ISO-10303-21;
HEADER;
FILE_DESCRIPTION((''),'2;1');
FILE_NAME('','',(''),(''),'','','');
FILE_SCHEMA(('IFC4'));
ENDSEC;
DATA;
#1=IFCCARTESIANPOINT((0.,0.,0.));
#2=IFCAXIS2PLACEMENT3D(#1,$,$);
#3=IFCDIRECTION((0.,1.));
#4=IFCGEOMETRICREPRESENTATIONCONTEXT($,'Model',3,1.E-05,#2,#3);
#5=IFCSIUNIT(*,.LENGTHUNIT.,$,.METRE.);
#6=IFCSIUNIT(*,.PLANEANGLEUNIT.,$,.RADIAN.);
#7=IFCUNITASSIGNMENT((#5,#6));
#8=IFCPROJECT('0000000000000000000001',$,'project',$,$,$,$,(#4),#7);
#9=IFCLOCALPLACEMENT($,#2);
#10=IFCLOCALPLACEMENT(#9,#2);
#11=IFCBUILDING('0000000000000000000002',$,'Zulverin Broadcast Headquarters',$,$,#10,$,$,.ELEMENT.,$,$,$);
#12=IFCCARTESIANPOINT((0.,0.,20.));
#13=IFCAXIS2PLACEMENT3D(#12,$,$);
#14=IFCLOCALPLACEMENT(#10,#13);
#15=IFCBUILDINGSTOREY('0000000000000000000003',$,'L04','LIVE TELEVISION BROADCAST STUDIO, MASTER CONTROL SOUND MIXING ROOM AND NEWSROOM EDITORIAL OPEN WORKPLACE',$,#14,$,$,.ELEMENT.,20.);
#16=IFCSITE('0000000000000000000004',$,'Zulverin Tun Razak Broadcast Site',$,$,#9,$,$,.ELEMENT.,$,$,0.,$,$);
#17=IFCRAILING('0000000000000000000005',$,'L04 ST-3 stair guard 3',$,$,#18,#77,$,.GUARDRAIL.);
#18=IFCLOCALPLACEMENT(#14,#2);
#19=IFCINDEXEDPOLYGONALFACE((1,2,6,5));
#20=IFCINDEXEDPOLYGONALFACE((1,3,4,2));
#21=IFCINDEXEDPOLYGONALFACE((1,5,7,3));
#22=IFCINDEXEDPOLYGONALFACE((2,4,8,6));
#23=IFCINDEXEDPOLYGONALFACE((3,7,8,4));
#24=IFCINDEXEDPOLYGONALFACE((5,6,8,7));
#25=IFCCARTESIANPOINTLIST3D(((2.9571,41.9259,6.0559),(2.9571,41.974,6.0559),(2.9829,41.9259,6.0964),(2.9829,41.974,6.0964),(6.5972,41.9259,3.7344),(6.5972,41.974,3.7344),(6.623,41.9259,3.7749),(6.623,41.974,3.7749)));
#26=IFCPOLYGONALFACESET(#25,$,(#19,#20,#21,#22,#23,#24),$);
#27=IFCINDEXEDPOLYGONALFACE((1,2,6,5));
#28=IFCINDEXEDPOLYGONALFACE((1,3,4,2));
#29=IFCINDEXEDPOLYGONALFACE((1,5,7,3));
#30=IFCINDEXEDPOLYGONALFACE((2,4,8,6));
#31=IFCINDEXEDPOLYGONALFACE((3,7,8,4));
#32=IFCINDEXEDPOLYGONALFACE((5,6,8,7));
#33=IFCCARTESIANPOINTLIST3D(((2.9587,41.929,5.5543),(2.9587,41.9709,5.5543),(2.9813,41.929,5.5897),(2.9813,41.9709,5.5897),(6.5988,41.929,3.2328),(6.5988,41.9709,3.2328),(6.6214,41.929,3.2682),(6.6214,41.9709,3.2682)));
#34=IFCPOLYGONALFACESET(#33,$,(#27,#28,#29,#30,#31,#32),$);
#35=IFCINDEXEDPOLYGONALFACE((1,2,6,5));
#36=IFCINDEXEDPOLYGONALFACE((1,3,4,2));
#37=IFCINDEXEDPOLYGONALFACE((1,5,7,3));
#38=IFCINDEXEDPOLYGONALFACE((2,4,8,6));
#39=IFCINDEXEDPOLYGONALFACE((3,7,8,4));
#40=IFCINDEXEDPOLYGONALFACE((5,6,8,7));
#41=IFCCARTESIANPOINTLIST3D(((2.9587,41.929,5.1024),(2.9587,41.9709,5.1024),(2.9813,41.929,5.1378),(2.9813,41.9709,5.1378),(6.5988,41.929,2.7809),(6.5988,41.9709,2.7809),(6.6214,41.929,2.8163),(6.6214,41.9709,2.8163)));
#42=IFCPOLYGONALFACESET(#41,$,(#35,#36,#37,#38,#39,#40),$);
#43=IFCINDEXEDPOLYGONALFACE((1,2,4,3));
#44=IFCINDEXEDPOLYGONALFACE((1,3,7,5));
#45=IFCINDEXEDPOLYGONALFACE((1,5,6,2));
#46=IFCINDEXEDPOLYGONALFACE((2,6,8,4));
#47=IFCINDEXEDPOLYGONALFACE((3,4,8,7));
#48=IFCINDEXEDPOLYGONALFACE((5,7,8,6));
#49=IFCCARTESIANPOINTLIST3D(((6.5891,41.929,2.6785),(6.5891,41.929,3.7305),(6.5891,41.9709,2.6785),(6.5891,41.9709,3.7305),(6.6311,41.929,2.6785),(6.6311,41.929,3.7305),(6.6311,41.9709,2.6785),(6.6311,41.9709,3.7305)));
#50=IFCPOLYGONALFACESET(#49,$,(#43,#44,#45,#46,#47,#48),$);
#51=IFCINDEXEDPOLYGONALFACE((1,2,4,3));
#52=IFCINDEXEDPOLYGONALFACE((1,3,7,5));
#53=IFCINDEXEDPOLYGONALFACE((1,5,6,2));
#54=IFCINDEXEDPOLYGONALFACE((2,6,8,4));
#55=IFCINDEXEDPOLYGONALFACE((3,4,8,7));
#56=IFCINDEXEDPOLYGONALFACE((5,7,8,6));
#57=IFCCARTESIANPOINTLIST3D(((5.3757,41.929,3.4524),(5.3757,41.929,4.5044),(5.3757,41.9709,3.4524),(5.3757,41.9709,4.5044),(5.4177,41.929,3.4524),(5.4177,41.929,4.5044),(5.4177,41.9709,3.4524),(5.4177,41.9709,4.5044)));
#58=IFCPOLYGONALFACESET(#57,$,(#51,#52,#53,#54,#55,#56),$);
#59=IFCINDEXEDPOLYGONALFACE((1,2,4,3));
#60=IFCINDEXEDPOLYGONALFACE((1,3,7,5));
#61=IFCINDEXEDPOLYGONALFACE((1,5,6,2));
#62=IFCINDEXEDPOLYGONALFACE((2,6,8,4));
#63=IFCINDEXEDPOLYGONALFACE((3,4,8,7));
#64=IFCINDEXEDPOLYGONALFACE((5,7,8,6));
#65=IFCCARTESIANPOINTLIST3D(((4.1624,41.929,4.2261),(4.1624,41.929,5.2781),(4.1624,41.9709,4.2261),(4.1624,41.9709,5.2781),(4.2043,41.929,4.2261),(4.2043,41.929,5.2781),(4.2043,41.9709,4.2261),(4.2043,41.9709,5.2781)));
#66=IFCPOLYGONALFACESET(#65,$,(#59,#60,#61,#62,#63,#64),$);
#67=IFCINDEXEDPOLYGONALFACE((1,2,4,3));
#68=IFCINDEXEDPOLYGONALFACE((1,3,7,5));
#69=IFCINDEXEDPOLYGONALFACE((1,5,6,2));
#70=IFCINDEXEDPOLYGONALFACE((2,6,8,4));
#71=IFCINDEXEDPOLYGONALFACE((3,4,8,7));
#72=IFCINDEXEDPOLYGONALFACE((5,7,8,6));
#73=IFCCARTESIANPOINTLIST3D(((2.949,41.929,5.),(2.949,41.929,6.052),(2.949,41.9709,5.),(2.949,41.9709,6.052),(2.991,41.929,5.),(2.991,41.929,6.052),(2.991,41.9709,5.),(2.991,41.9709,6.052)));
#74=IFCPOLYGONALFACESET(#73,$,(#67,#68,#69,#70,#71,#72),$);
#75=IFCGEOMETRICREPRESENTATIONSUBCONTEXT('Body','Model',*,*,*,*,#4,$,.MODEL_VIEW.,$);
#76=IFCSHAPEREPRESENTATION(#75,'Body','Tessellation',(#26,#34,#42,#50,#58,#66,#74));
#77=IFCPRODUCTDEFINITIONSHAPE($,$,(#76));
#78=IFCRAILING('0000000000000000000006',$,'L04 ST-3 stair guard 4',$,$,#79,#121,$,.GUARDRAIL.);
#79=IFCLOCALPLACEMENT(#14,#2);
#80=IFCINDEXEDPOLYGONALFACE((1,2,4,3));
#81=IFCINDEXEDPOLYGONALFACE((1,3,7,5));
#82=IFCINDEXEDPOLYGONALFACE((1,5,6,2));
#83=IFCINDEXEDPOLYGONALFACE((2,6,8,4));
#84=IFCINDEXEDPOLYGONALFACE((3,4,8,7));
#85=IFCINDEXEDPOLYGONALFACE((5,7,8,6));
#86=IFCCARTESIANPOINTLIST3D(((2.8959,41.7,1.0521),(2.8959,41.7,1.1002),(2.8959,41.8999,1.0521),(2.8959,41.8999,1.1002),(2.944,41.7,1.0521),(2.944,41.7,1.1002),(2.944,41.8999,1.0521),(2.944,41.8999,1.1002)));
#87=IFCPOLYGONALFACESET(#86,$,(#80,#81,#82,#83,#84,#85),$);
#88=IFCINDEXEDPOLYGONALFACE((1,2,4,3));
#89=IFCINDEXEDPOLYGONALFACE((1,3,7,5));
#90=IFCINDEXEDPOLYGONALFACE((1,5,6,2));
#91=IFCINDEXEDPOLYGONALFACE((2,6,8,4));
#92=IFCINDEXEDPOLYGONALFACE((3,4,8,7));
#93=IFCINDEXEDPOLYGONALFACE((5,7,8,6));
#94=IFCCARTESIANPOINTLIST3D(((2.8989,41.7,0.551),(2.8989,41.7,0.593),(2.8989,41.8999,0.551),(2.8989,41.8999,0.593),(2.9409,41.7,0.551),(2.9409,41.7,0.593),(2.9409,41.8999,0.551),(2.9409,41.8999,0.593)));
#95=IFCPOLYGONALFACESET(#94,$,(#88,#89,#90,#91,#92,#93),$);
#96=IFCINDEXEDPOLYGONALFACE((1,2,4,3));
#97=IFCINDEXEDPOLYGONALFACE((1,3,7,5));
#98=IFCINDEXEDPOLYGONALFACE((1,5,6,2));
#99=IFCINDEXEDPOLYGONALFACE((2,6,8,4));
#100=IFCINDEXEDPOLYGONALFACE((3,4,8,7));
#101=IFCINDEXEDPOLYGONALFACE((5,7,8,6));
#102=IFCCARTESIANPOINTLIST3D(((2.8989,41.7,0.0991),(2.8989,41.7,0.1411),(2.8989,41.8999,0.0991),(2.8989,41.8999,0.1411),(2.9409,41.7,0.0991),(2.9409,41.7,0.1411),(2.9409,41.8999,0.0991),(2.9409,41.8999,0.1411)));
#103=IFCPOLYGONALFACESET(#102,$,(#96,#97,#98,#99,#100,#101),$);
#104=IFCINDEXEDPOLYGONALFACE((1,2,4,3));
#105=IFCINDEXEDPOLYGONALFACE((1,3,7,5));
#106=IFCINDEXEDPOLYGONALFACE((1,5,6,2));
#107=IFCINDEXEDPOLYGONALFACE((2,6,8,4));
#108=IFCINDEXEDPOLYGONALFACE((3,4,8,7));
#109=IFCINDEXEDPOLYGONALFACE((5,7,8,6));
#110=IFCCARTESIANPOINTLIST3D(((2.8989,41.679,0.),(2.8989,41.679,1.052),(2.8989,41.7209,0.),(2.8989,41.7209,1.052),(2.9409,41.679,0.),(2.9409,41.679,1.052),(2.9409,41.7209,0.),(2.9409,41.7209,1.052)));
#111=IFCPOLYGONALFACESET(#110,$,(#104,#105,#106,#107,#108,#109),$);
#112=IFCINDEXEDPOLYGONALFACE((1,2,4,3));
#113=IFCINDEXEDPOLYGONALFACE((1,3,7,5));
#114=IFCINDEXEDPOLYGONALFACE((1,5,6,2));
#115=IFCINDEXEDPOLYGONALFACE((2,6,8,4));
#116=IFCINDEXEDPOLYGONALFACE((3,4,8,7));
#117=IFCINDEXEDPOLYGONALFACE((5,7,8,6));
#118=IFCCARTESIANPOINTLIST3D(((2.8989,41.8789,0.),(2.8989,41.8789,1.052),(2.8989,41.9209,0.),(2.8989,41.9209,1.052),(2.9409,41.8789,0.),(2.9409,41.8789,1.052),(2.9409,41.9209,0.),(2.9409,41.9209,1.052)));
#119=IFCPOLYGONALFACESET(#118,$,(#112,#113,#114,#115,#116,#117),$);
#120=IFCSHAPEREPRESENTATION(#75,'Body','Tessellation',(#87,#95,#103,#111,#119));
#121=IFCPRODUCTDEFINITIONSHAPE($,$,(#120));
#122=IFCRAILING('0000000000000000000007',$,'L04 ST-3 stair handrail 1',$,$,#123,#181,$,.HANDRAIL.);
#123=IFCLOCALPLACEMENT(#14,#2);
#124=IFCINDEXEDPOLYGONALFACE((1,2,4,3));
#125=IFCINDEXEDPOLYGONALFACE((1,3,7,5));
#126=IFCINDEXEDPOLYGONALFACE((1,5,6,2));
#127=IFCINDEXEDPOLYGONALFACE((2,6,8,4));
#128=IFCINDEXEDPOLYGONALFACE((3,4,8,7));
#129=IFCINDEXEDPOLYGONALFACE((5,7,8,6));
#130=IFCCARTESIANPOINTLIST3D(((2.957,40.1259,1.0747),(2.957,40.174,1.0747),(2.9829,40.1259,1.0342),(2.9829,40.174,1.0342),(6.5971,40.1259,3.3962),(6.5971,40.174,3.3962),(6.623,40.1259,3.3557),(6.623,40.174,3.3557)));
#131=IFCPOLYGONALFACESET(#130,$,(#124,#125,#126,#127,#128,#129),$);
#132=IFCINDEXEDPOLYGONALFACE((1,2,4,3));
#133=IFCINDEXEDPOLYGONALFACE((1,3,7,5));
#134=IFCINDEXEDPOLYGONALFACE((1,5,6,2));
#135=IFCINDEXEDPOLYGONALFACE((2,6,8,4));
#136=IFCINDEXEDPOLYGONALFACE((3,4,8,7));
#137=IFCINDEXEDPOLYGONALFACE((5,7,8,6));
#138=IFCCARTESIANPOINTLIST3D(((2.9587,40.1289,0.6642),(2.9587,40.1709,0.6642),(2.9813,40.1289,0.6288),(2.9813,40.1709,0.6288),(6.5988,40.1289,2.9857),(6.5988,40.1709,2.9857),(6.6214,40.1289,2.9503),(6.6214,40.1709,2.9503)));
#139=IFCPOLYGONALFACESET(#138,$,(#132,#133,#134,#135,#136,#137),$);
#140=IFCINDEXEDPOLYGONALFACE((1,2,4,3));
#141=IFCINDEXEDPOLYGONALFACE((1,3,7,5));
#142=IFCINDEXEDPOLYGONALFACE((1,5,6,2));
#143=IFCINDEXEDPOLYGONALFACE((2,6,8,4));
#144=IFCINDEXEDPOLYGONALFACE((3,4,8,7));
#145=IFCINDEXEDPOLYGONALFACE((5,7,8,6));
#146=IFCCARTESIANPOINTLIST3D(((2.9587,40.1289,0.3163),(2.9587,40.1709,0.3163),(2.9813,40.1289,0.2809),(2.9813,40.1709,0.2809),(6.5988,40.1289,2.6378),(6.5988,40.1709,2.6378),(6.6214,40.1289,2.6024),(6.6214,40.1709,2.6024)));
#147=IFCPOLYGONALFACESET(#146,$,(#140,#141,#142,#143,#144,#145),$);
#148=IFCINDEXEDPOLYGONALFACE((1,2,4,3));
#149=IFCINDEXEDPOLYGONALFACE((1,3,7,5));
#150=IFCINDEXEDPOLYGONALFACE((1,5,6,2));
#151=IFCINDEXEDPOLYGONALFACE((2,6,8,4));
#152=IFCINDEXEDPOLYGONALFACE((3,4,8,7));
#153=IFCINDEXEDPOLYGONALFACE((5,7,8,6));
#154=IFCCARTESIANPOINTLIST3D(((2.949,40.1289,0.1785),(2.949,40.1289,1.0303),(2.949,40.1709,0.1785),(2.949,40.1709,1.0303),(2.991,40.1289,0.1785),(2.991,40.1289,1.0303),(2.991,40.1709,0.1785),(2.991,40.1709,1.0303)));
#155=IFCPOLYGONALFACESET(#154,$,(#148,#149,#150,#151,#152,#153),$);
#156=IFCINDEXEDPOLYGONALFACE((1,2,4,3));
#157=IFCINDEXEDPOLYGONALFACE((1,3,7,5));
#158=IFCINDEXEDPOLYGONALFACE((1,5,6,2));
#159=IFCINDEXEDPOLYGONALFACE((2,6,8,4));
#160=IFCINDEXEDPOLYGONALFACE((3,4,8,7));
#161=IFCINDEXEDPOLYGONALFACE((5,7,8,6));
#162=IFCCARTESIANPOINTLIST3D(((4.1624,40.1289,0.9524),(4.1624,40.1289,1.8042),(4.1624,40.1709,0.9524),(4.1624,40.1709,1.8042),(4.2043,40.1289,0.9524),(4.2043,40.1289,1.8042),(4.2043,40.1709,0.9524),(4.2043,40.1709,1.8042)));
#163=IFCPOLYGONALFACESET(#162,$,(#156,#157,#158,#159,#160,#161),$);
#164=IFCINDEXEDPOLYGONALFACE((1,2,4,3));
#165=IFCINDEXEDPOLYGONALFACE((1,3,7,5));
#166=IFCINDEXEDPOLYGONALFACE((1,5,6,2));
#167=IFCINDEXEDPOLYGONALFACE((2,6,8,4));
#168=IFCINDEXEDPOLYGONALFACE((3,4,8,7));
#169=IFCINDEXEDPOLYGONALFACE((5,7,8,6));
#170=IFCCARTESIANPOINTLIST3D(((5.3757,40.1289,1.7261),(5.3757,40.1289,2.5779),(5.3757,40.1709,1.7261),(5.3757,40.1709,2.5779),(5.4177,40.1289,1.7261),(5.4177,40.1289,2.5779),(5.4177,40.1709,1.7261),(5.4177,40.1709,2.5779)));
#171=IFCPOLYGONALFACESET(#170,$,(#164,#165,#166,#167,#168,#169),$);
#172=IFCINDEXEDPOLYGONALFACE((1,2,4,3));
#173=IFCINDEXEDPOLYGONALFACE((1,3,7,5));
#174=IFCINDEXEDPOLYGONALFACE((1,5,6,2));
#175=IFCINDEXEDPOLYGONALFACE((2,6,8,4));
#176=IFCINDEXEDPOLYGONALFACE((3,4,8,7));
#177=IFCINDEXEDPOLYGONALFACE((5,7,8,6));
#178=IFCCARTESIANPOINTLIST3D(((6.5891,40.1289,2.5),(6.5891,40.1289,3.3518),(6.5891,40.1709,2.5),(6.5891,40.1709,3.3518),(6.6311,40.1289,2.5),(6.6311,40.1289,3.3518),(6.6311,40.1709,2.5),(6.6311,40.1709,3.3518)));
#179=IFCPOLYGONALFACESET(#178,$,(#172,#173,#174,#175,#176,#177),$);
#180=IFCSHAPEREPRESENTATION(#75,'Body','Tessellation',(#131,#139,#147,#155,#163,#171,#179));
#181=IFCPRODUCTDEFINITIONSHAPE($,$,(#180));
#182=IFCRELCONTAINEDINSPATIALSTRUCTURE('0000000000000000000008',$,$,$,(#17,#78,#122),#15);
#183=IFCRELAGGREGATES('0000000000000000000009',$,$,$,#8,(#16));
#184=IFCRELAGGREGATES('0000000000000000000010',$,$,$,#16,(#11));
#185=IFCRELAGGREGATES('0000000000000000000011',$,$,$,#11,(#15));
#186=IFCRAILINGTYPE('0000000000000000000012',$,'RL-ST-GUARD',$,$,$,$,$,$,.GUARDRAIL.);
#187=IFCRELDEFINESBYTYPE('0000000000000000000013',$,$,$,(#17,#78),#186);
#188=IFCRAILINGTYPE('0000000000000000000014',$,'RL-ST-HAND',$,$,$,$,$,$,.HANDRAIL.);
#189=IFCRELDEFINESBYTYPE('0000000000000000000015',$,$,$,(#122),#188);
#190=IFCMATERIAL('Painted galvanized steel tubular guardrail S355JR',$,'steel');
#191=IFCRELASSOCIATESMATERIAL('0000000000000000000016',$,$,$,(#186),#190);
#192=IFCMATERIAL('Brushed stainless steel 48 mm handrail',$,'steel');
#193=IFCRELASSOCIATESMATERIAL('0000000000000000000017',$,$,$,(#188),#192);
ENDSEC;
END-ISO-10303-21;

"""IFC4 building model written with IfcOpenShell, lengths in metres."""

from ifc_helpers import new_model, si_unit, direction, frame, origin, origin_2d, place, context, subcontext, project, spatial, rectangle, extrude, material, type_object, element, save


model = new_model("IFC4")

# Units and contexts
model_context = context("Model", 3, precision=1e-05, world=origin(), true_north=direction((0.0, 1.0)))
body_context = subcontext(model_context, "Body", "Model", "MODEL_VIEW")
ifc_project = project(units=[si_unit("LENGTHUNIT", "METRE"), si_unit("PLANEANGLEUNIT", "RADIAN")], contexts=[model_context])

# Site, building, storey
site_placement = place(None, origin())
site = spatial("IfcSite", under=ifc_project, at=site_placement, Name="Zulverin Tun Razak Broadcast Site", CompositionType="ELEMENT", RefElevation=0.0)
building_placement = place(site_placement, origin())
building = spatial("IfcBuilding", under=site, at=building_placement, Name="Zulverin Broadcast Headquarters", CompositionType="ELEMENT")
storey_placement = place(building_placement, frame((0.0, 0.0, 20.0)))
storey = spatial("IfcBuildingStorey", under=building, at=storey_placement, Name="L04", Description="LIVE TELEVISION BROADCAST STUDIO, MASTER CONTROL SOUND MIXING ROOM AND NEWSROOM EDITORIAL OPEN WORKPLACE", CompositionType="ELEMENT", Elevation=20.0)

# Railings
ifc_material_1 = material(Name="Painted galvanized steel tubular guardrail S355JR", Category="steel")
railing_type_1 = type_object("IfcRailingType", Name="RL-ST-GUARD", PredefinedType="GUARDRAIL", material=ifc_material_1)
railing_1_placement = place(storey_placement, frame((6.6101, 41.95, 2.6785)))
element("IfcRailing", 1, at=railing_1_placement, inside=storey, type_object=railing_type_1, Name="L04 ST-3 stair guard 3", PredefinedType="GUARDRAIL", context=body_context, shape_type="SweptSolid", body=[
    extrude(rectangle(XDim=0.0481, YDim=0.0481, at=origin_2d()), frame((0.0, 0.0, 1.0762), z_axis=(-0.843128, 0.0, 0.537713), x_axis=(0.0, -1.0, 0.0)), (0.0, 0.0, 1.0), 4.3174),
    extrude(rectangle(XDim=0.042, YDim=0.042, at=origin_2d()), frame((0.0, 0.0, 0.572), z_axis=(-0.843128, 0.0, 0.537713), x_axis=(0.0, -1.0, 0.0)), (0.0, 0.0, 1.0), 4.3174),
    extrude(rectangle(XDim=0.042, YDim=0.042, at=origin_2d()), frame((0.0, 0.0, 0.1201), z_axis=(-0.843128, 0.0, 0.537713), x_axis=(0.0, -1.0, 0.0)), (0.0, 0.0, 1.0), 4.3174),
    extrude(rectangle(XDim=0.042, YDim=0.042, at=origin_2d()), origin(), (0.0, 0.0, 1.0), 1.052),
    extrude(rectangle(XDim=0.042, YDim=0.042, at=origin_2d()), frame((-1.2134, 0.0, 0.7739)), (0.0, 0.0, 1.0), 1.052),
    extrude(rectangle(XDim=0.042, YDim=0.042, at=origin_2d()), frame((-2.4268, 0.0, 1.5476)), (0.0, 0.0, 1.0), 1.052),
    extrude(rectangle(XDim=0.042, YDim=0.042, at=origin_2d()), frame((-3.6401, 0.0, 2.3215)), (0.0, 0.0, 1.0), 1.052),
])
railing_2_placement = place(storey_placement, frame((2.9199, 41.7, 0.0)))
element("IfcRailing", 2, at=railing_2_placement, inside=storey, type_object=railing_type_1, Name="L04 ST-3 stair guard 4", PredefinedType="GUARDRAIL", context=body_context, shape_type="SweptSolid", body=[
    extrude(rectangle(XDim=0.0481, YDim=0.0481, at=origin_2d()), frame((0.0, 0.0, 1.0762), z_axis=(0.0, 1.0, 0.0), x_axis=(-1.0, 0.0, 0.0)), (0.0, 0.0, 1.0), 0.2),
    extrude(rectangle(XDim=0.042, YDim=0.042, at=origin_2d()), frame((0.0, 0.0, 0.572), z_axis=(0.0, 1.0, 0.0), x_axis=(-1.0, 0.0, 0.0)), (0.0, 0.0, 1.0), 0.2),
    extrude(rectangle(XDim=0.042, YDim=0.042, at=origin_2d()), frame((0.0, 0.0, 0.1201), z_axis=(0.0, 1.0, 0.0), x_axis=(-1.0, 0.0, 0.0)), (0.0, 0.0, 1.0), 0.2),
    extrude(rectangle(XDim=0.042, YDim=0.042, at=origin_2d()), origin(), (0.0, 0.0, 1.0), 1.052),
    extrude(rectangle(XDim=0.042, YDim=0.042, at=origin_2d()), frame((0.0, 0.2, 0.0)), (0.0, 0.0, 1.0), 1.052),
])
ifc_material_2 = material(Name="Brushed stainless steel 48 mm handrail", Category="steel")
railing_type_2 = type_object("IfcRailingType", Name="RL-ST-HAND", PredefinedType="HANDRAIL", material=ifc_material_2)
railing_3_placement = place(storey_placement, frame((2.97, 40.1499, 0.1785)))
element("IfcRailing", 3, at=railing_3_placement, inside=storey, type_object=railing_type_2, Name="L04 ST-3 stair handrail 1", PredefinedType="HANDRAIL", context=body_context, shape_type="SweptSolid", body=[
    extrude(rectangle(XDim=0.0481, YDim=0.0481, at=origin_2d()), frame((0.0, 0.0, 0.876), z_axis=(0.843128, 0.0, 0.537713), x_axis=(0.0, 1.0, 0.0)), (0.0, 0.0, 1.0), 4.3174),
    extrude(rectangle(XDim=0.042, YDim=0.042, at=origin_2d()), frame((0.0, 0.0, 0.468), z_axis=(0.843128, 0.0, 0.537713), x_axis=(0.0, 1.0, 0.0)), (0.0, 0.0, 1.0), 4.3174),
    extrude(rectangle(XDim=0.042, YDim=0.042, at=origin_2d()), frame((0.0, 0.0, 0.1201), z_axis=(0.843128, 0.0, 0.537713), x_axis=(0.0, 1.0, 0.0)), (0.0, 0.0, 1.0), 4.3174),
    extrude(rectangle(XDim=0.042, YDim=0.042, at=origin_2d()), origin(), (0.0, 0.0, 1.0), 0.8518),
    extrude(rectangle(XDim=0.042, YDim=0.042, at=origin_2d()), frame((1.2134, 0.0, 0.7739)), (0.0, 0.0, 1.0), 0.8518),
    extrude(rectangle(XDim=0.042, YDim=0.042, at=origin_2d()), frame((2.4268, 0.0, 1.5476)), (0.0, 0.0, 1.0), 0.8518),
    extrude(rectangle(XDim=0.042, YDim=0.042, at=origin_2d()), frame((3.6401, 0.0, 2.3215)), (0.0, 0.0, 1.0), 0.8518),
])

save(model, "model.ifc")
